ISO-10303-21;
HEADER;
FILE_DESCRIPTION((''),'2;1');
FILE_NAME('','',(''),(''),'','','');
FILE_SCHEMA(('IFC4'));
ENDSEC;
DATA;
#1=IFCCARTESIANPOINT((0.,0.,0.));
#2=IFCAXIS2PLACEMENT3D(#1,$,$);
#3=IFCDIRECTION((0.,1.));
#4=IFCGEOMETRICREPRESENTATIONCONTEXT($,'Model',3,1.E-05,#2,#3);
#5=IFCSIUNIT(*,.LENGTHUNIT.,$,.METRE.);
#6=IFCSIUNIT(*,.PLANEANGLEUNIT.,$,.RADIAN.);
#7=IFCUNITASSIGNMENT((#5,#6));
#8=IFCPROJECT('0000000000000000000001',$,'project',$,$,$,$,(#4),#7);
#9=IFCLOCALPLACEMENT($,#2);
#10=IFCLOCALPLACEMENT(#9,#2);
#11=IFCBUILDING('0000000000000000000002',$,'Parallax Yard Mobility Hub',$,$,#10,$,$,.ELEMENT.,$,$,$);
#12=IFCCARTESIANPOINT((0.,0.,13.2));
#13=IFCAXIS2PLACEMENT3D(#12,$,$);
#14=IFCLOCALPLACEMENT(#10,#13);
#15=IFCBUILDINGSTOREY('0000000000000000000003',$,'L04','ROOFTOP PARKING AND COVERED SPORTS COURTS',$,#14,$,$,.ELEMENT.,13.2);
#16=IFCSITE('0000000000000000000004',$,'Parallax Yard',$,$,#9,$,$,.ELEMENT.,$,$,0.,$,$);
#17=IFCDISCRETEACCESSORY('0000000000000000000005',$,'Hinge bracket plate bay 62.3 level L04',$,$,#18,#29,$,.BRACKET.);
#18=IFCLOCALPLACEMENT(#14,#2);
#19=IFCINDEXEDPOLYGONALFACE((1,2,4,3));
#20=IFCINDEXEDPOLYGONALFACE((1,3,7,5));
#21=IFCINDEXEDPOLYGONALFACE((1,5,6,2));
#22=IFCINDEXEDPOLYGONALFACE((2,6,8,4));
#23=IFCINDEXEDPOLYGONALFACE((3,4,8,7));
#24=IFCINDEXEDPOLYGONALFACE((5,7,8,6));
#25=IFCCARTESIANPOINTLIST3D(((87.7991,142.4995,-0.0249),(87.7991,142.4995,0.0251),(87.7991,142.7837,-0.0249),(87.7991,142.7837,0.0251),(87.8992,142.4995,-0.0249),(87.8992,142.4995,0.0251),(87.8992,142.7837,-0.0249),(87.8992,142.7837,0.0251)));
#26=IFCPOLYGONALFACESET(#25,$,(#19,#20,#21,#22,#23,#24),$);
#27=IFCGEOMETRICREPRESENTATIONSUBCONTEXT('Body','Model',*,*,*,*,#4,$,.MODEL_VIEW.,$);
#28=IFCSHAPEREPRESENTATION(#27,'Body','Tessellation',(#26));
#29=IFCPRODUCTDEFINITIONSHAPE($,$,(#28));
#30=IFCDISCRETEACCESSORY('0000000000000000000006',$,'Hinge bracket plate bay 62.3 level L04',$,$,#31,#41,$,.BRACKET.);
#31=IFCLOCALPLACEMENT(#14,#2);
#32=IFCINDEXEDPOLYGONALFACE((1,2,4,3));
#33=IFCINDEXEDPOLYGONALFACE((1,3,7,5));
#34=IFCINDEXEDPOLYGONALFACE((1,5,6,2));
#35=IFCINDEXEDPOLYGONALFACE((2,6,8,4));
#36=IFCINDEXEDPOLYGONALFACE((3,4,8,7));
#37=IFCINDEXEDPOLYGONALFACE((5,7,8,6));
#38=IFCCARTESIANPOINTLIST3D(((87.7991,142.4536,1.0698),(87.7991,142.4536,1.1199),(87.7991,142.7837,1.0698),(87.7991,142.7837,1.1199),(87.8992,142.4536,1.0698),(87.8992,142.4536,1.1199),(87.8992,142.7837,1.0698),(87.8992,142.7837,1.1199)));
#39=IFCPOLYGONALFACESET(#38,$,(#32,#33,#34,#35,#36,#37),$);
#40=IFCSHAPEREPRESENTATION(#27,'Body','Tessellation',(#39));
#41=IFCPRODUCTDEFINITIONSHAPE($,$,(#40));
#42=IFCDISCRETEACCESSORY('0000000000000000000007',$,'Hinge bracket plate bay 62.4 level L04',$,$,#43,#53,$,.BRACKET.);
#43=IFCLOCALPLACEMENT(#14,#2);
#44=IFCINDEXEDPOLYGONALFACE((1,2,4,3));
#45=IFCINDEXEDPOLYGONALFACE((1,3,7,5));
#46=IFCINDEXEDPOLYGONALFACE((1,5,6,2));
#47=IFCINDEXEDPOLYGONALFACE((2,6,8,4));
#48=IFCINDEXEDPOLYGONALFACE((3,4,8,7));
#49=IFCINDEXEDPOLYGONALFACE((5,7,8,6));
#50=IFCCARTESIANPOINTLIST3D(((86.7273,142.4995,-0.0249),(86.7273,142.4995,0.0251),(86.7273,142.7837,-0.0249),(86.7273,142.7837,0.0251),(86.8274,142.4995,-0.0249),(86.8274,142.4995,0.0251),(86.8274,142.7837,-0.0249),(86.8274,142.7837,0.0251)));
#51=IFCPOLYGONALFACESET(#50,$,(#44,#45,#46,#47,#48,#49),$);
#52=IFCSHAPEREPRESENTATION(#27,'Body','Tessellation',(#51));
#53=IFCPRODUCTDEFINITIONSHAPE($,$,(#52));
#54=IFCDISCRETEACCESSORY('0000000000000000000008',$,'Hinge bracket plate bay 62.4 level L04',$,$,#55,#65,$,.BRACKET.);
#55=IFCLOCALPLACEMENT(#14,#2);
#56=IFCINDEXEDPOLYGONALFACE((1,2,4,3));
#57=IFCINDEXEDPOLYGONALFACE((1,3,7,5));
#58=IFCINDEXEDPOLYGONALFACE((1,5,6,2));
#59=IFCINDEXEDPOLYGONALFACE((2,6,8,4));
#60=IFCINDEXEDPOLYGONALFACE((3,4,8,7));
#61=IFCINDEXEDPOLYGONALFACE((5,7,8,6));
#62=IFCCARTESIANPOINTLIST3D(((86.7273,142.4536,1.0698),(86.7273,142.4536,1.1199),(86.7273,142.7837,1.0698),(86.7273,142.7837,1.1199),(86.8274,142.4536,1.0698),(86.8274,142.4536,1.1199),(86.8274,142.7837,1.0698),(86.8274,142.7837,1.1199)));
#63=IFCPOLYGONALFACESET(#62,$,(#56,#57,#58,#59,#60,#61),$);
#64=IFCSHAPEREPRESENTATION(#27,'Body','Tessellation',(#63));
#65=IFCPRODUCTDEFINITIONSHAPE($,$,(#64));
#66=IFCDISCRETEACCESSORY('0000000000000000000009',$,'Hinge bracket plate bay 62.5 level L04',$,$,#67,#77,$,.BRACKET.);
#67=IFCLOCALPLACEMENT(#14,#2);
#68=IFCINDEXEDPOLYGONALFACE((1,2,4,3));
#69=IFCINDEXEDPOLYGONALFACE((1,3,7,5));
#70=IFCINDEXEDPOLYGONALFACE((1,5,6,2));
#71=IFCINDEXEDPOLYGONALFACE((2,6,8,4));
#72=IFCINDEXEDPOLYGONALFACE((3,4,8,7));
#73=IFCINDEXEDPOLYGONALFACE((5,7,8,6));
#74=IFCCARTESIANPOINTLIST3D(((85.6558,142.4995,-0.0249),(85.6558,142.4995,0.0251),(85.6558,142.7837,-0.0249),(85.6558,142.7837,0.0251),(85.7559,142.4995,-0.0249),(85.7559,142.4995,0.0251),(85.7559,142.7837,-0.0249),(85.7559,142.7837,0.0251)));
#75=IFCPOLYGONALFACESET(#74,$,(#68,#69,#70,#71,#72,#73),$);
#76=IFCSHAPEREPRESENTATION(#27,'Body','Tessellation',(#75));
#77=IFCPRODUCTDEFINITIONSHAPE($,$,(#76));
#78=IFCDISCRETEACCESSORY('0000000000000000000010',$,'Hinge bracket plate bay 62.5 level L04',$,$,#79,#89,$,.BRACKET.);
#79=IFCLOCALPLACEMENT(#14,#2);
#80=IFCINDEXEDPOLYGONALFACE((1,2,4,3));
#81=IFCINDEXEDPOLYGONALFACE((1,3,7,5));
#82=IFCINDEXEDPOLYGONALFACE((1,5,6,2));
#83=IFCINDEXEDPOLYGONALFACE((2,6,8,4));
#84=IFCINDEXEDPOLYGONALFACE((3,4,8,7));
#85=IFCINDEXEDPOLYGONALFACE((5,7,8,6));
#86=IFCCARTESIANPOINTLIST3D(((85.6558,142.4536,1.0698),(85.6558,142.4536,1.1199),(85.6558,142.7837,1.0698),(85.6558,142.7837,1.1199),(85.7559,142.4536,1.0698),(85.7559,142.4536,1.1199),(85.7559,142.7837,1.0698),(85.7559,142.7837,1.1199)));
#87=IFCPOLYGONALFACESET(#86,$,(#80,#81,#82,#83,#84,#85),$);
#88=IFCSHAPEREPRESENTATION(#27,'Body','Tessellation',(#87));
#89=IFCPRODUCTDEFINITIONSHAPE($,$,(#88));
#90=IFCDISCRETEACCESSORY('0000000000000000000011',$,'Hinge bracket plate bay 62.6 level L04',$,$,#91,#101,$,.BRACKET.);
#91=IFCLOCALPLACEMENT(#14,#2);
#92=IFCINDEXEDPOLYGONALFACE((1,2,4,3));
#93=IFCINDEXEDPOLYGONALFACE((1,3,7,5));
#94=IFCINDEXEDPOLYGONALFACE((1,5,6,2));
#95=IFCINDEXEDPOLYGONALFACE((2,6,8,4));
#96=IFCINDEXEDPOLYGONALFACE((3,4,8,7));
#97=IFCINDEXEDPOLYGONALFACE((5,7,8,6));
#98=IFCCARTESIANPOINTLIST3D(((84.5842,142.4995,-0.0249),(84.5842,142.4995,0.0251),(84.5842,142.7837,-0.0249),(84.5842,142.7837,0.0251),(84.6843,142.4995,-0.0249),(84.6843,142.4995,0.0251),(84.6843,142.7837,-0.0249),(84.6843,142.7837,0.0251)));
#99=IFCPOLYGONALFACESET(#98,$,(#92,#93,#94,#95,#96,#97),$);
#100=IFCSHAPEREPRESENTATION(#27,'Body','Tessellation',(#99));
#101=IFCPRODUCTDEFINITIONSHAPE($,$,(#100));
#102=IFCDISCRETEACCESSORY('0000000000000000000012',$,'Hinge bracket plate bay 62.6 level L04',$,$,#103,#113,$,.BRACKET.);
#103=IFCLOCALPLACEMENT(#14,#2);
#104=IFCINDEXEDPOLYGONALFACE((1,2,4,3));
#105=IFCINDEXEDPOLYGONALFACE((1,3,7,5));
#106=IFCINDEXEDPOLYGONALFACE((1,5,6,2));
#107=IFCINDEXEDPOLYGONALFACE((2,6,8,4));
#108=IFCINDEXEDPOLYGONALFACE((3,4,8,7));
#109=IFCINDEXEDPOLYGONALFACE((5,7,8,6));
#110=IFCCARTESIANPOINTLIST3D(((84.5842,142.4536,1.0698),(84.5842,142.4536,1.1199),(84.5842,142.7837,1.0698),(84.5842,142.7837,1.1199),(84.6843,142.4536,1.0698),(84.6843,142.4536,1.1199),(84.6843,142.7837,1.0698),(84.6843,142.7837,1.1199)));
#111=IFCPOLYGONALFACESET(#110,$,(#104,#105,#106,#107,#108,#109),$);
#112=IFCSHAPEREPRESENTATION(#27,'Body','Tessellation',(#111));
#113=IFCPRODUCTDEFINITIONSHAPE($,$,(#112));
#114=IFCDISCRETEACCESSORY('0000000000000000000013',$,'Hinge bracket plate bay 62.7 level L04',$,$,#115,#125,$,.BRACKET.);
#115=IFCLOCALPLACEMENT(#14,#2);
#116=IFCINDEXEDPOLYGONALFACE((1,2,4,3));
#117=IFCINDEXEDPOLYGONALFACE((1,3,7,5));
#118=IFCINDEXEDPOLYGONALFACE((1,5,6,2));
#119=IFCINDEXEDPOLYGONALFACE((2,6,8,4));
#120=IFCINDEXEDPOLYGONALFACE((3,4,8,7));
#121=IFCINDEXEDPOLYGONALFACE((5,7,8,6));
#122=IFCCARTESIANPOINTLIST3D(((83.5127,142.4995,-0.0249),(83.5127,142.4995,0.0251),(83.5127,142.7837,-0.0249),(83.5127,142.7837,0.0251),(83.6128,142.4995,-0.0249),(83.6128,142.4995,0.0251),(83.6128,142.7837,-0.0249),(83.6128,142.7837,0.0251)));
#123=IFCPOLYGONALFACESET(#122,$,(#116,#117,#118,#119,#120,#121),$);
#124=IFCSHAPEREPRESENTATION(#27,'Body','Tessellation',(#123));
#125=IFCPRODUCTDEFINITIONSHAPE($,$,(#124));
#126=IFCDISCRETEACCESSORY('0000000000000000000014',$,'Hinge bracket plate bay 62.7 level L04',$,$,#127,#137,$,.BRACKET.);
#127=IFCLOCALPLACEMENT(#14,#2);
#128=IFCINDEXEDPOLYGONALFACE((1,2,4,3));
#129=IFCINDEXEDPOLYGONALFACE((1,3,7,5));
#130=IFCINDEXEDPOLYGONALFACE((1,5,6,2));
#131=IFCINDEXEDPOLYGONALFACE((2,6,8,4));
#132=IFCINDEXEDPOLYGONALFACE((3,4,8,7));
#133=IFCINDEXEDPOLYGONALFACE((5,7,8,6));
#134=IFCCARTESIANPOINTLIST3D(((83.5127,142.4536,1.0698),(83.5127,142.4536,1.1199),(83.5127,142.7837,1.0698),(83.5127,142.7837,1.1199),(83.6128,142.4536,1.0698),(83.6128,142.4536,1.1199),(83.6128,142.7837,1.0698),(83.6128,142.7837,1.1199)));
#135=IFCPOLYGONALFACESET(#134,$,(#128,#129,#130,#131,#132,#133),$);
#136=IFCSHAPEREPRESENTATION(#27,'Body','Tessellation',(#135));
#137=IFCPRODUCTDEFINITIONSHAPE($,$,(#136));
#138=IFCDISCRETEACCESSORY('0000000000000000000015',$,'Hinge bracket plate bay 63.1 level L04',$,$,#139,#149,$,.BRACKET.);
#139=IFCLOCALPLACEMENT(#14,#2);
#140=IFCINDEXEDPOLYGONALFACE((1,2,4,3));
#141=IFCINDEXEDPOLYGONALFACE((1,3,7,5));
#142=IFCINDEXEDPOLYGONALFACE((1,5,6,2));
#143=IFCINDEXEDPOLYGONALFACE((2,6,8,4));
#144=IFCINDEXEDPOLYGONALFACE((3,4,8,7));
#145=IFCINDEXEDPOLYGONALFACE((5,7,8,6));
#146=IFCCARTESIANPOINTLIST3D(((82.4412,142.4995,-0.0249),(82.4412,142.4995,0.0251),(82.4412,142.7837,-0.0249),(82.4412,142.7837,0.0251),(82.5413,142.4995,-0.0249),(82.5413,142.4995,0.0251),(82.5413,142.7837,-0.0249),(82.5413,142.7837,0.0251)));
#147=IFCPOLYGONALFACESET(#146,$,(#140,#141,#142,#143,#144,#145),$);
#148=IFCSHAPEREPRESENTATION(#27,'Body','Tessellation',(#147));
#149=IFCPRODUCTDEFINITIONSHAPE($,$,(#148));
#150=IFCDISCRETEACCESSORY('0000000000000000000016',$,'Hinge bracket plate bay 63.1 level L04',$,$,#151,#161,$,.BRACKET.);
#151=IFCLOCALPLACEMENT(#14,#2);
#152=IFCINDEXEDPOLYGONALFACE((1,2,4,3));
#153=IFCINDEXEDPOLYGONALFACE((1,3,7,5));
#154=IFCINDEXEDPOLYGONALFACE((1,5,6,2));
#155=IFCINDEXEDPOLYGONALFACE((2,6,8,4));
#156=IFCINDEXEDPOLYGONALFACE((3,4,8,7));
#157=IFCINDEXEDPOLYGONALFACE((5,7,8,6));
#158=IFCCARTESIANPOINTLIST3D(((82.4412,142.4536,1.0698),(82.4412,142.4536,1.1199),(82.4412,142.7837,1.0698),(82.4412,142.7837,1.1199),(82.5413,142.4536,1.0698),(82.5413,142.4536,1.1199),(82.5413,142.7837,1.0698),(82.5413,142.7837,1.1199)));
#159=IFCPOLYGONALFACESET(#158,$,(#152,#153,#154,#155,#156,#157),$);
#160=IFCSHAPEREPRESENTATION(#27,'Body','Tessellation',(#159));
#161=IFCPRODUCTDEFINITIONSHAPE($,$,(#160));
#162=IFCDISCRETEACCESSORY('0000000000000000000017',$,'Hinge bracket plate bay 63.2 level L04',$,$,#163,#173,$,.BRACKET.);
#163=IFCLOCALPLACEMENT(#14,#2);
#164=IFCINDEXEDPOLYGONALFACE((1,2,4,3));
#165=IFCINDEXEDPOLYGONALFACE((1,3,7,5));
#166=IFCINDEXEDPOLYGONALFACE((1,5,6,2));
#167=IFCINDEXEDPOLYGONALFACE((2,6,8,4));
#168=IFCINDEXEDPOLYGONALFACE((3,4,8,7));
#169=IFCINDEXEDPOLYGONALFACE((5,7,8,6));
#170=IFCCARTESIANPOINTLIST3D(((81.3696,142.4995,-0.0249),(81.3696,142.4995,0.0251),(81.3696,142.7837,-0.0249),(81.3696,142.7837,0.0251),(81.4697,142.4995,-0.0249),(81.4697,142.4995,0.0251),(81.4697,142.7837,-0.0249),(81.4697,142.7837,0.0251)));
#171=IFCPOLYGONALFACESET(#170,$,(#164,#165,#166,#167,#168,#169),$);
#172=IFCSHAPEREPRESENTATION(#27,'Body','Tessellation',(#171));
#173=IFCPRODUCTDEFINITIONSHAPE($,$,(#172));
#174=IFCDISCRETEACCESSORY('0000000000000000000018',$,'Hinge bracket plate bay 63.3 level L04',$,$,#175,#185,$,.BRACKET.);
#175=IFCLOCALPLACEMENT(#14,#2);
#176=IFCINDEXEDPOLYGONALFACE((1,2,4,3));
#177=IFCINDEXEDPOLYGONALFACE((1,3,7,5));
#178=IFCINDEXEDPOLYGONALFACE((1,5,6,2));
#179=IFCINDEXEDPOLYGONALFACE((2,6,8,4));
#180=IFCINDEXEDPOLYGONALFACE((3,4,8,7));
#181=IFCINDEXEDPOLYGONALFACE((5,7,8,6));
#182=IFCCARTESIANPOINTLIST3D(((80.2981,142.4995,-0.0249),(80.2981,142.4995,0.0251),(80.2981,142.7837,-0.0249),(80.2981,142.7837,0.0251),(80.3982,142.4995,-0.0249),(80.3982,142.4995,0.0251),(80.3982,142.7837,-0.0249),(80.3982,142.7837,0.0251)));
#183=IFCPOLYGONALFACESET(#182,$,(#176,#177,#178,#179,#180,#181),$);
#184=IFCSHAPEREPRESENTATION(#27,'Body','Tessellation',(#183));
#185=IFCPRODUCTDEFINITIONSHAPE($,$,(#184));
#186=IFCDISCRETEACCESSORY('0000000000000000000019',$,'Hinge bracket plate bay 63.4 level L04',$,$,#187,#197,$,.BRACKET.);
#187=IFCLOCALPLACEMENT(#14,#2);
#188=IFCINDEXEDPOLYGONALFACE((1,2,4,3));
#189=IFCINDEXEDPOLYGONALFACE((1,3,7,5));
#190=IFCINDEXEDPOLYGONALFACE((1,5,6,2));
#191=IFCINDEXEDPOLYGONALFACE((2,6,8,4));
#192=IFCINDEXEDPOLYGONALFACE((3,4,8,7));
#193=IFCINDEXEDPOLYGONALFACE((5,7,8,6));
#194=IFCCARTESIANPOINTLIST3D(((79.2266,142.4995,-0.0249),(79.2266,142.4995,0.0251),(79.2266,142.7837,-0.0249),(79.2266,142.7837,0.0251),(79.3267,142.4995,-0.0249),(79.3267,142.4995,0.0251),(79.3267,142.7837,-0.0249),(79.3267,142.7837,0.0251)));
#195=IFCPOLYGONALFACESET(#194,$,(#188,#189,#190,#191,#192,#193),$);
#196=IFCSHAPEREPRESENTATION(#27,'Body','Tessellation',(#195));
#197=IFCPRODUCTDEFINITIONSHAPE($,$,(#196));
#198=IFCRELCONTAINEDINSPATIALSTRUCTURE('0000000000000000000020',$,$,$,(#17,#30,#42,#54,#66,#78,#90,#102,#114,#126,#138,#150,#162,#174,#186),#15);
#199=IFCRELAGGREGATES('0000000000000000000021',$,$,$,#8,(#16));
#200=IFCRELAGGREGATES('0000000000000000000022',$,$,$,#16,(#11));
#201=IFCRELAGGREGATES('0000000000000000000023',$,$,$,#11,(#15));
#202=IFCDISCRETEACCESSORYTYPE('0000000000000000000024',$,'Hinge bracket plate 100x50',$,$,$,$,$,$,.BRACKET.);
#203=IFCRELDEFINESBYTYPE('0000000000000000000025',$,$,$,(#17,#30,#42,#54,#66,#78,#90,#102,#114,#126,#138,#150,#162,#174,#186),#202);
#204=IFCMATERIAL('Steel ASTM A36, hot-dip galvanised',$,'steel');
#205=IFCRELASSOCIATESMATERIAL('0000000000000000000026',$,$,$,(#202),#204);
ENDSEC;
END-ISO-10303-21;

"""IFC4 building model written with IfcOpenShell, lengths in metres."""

from ifc_helpers import new_model, si_unit, direction, frame, origin, origin_2d, place, context, subcontext, project, spatial, rectangle, extrude, material, type_object, element, save


model = new_model("IFC4")

# Units and contexts
model_context = context("Model", 3, precision=1e-05, world=origin(), true_north=direction((0.0, 1.0)))
body_context = subcontext(model_context, "Body", "Model", "MODEL_VIEW")
ifc_project = project(units=[si_unit("LENGTHUNIT", "METRE"), si_unit("PLANEANGLEUNIT", "RADIAN")], contexts=[model_context])

# Site, building, storey
site_placement = place(None, origin())
site = spatial("IfcSite", under=ifc_project, at=site_placement, Name="Parallax Yard", CompositionType="ELEMENT", RefElevation=0.0)
building_placement = place(site_placement, origin())
building = spatial("IfcBuilding", under=site, at=building_placement, Name="Parallax Yard Mobility Hub", CompositionType="ELEMENT")
storey_placement = place(building_placement, frame((0.0, 0.0, 13.2)))
storey = spatial("IfcBuildingStorey", under=building, at=storey_placement, Name="L04", Description="ROOFTOP PARKING AND COVERED SPORTS COURTS", CompositionType="ELEMENT", Elevation=13.2)

# Discrete accessories
ifc_material_1 = material(Name="Steel ASTM A36, hot-dip galvanised", Category="steel")
discrete_accessory_type_1 = type_object("IfcDiscreteAccessoryType", Name="Hinge bracket plate 100x50", PredefinedType="BRACKET", material=ifc_material_1)
discrete_accessory_1_placement = place(storey_placement, frame((87.8491, 142.6416, -0.0249), z_axis=(0.0, 0.0, 1.0), x_axis=(0.0, 1.0, 0.0)))
element("IfcDiscreteAccessory", 1, at=discrete_accessory_1_placement, inside=storey, type_object=discrete_accessory_type_1, Name="Hinge bracket plate bay 62.3 level L04", PredefinedType="BRACKET", context=body_context, shape_type="SweptSolid", body=[
    extrude(rectangle(XDim=0.2842, YDim=0.1001, at=origin_2d()), origin(), (0.0, 0.0, 1.0), 0.05),
])
discrete_accessory_2_placement = place(storey_placement, frame((87.8491, 142.6187, 1.0698), z_axis=(0.0, 0.0, 1.0), x_axis=(0.0, 1.0, 0.0)))
element("IfcDiscreteAccessory", 2, at=discrete_accessory_2_placement, inside=storey, type_object=discrete_accessory_type_1, Name="Hinge bracket plate bay 62.3 level L04", PredefinedType="BRACKET", context=body_context, shape_type="SweptSolid", body=[
    extrude(rectangle(XDim=0.3301, YDim=0.1001, at=origin_2d()), origin(), (0.0, 0.0, 1.0), 0.05),
])
discrete_accessory_3_placement = place(storey_placement, frame((86.7773, 142.6416, -0.0249), z_axis=(0.0, 0.0, 1.0), x_axis=(0.0, 1.0, 0.0)))
element("IfcDiscreteAccessory", 3, at=discrete_accessory_3_placement, inside=storey, type_object=discrete_accessory_type_1, Name="Hinge bracket plate bay 62.4 level L04", PredefinedType="BRACKET", context=body_context, shape_type="SweptSolid", body=[
    extrude(rectangle(XDim=0.2842, YDim=0.1001, at=origin_2d()), origin(), (0.0, 0.0, 1.0), 0.05),
])
discrete_accessory_4_placement = place(storey_placement, frame((86.7773, 142.6187, 1.0698), z_axis=(0.0, 0.0, 1.0), x_axis=(0.0, 1.0, 0.0)))
element("IfcDiscreteAccessory", 4, at=discrete_accessory_4_placement, inside=storey, type_object=discrete_accessory_type_1, Name="Hinge bracket plate bay 62.4 level L04", PredefinedType="BRACKET", context=body_context, shape_type="SweptSolid", body=[
    extrude(rectangle(XDim=0.3301, YDim=0.1001, at=origin_2d()), origin(), (0.0, 0.0, 1.0), 0.05),
])
discrete_accessory_5_placement = place(storey_placement, frame((85.7058, 142.6416, -0.0249), z_axis=(0.0, 0.0, 1.0), x_axis=(0.0, 1.0, 0.0)))
element("IfcDiscreteAccessory", 5, at=discrete_accessory_5_placement, inside=storey, type_object=discrete_accessory_type_1, Name="Hinge bracket plate bay 62.5 level L04", PredefinedType="BRACKET", context=body_context, shape_type="SweptSolid", body=[
    extrude(rectangle(XDim=0.2842, YDim=0.1001, at=origin_2d()), origin(), (0.0, 0.0, 1.0), 0.05),
])
discrete_accessory_6_placement = place(storey_placement, frame((85.7058, 142.6187, 1.0698), z_axis=(0.0, 0.0, 1.0), x_axis=(0.0, 1.0, 0.0)))
element("IfcDiscreteAccessory", 6, at=discrete_accessory_6_placement, inside=storey, type_object=discrete_accessory_type_1, Name="Hinge bracket plate bay 62.5 level L04", PredefinedType="BRACKET", context=body_context, shape_type="SweptSolid", body=[
    extrude(rectangle(XDim=0.3301, YDim=0.1001, at=origin_2d()), origin(), (0.0, 0.0, 1.0), 0.05),
])
discrete_accessory_7_placement = place(storey_placement, frame((84.6343, 142.6416, -0.0249), z_axis=(0.0, 0.0, 1.0), x_axis=(0.0, 1.0, 0.0)))
element("IfcDiscreteAccessory", 7, at=discrete_accessory_7_placement, inside=storey, type_object=discrete_accessory_type_1, Name="Hinge bracket plate bay 62.6 level L04", PredefinedType="BRACKET", context=body_context, shape_type="SweptSolid", body=[
    extrude(rectangle(XDim=0.2842, YDim=0.1001, at=origin_2d()), origin(), (0.0, 0.0, 1.0), 0.05),
])
discrete_accessory_8_placement = place(storey_placement, frame((84.6343, 142.6187, 1.0698), z_axis=(0.0, 0.0, 1.0), x_axis=(0.0, 1.0, 0.0)))
element("IfcDiscreteAccessory", 8, at=discrete_accessory_8_placement, inside=storey, type_object=discrete_accessory_type_1, Name="Hinge bracket plate bay 62.6 level L04", PredefinedType="BRACKET", context=body_context, shape_type="SweptSolid", body=[
    extrude(rectangle(XDim=0.3301, YDim=0.1001, at=origin_2d()), origin(), (0.0, 0.0, 1.0), 0.05),
])
discrete_accessory_9_placement = place(storey_placement, frame((83.5627, 142.6416, -0.0249), z_axis=(0.0, 0.0, 1.0), x_axis=(0.0, 1.0, 0.0)))
element("IfcDiscreteAccessory", 9, at=discrete_accessory_9_placement, inside=storey, type_object=discrete_accessory_type_1, Name="Hinge bracket plate bay 62.7 level L04", PredefinedType="BRACKET", context=body_context, shape_type="SweptSolid", body=[
    extrude(rectangle(XDim=0.2842, YDim=0.1001, at=origin_2d()), origin(), (0.0, 0.0, 1.0), 0.05),
])
discrete_accessory_10_placement = place(storey_placement, frame((83.5627, 142.6187, 1.0698), z_axis=(0.0, 0.0, 1.0), x_axis=(0.0, 1.0, 0.0)))
element("IfcDiscreteAccessory", 10, at=discrete_accessory_10_placement, inside=storey, type_object=discrete_accessory_type_1, Name="Hinge bracket plate bay 62.7 level L04", PredefinedType="BRACKET", context=body_context, shape_type="SweptSolid", body=[
    extrude(rectangle(XDim=0.3301, YDim=0.1001, at=origin_2d()), origin(), (0.0, 0.0, 1.0), 0.05),
])
discrete_accessory_11_placement = place(storey_placement, frame((82.4912, 142.6416, -0.0249), z_axis=(0.0, 0.0, 1.0), x_axis=(0.0, 1.0, 0.0)))
element("IfcDiscreteAccessory", 11, at=discrete_accessory_11_placement, inside=storey, type_object=discrete_accessory_type_1, Name="Hinge bracket plate bay 63.1 level L04", PredefinedType="BRACKET", context=body_context, shape_type="SweptSolid", body=[
    extrude(rectangle(XDim=0.2842, YDim=0.1001, at=origin_2d()), origin(), (0.0, 0.0, 1.0), 0.05),
])
discrete_accessory_12_placement = place(storey_placement, frame((82.4912, 142.6187, 1.0698), z_axis=(0.0, 0.0, 1.0), x_axis=(0.0, 1.0, 0.0)))
element("IfcDiscreteAccessory", 12, at=discrete_accessory_12_placement, inside=storey, type_object=discrete_accessory_type_1, Name="Hinge bracket plate bay 63.1 level L04", PredefinedType="BRACKET", context=body_context, shape_type="SweptSolid", body=[
    extrude(rectangle(XDim=0.3301, YDim=0.1001, at=origin_2d()), origin(), (0.0, 0.0, 1.0), 0.05),
])
for number, where, z_axis, x_axis, name in (
    (13, (81.4197, 142.6416, -0.0249), (0.0, 0.0, 1.0), (0.0, 1.0, 0.0), "Hinge bracket plate bay 63.2 level L04"),
    (14, (80.3481, 142.6416, -0.0249), (0.0, 0.0, 1.0), (0.0, 1.0, 0.0), "Hinge bracket plate bay 63.3 level L04"),
    (15, (79.2766, 142.6416, -0.0249), (0.0, 0.0, 1.0), (0.0, 1.0, 0.0), "Hinge bracket plate bay 63.4 level L04"),
):
    element("IfcDiscreteAccessory", number, at=place(storey_placement, frame(where, z_axis=z_axis, x_axis=x_axis)), inside=storey, type_object=discrete_accessory_type_1, Name=name, PredefinedType="BRACKET", context=body_context, shape_type="SweptSolid", body=[
        extrude(rectangle(XDim=0.2842, YDim=0.1001, at=origin_2d()), origin(), (0.0, 0.0, 1.0), 0.05),
    ])

save(model, "model.ifc")
